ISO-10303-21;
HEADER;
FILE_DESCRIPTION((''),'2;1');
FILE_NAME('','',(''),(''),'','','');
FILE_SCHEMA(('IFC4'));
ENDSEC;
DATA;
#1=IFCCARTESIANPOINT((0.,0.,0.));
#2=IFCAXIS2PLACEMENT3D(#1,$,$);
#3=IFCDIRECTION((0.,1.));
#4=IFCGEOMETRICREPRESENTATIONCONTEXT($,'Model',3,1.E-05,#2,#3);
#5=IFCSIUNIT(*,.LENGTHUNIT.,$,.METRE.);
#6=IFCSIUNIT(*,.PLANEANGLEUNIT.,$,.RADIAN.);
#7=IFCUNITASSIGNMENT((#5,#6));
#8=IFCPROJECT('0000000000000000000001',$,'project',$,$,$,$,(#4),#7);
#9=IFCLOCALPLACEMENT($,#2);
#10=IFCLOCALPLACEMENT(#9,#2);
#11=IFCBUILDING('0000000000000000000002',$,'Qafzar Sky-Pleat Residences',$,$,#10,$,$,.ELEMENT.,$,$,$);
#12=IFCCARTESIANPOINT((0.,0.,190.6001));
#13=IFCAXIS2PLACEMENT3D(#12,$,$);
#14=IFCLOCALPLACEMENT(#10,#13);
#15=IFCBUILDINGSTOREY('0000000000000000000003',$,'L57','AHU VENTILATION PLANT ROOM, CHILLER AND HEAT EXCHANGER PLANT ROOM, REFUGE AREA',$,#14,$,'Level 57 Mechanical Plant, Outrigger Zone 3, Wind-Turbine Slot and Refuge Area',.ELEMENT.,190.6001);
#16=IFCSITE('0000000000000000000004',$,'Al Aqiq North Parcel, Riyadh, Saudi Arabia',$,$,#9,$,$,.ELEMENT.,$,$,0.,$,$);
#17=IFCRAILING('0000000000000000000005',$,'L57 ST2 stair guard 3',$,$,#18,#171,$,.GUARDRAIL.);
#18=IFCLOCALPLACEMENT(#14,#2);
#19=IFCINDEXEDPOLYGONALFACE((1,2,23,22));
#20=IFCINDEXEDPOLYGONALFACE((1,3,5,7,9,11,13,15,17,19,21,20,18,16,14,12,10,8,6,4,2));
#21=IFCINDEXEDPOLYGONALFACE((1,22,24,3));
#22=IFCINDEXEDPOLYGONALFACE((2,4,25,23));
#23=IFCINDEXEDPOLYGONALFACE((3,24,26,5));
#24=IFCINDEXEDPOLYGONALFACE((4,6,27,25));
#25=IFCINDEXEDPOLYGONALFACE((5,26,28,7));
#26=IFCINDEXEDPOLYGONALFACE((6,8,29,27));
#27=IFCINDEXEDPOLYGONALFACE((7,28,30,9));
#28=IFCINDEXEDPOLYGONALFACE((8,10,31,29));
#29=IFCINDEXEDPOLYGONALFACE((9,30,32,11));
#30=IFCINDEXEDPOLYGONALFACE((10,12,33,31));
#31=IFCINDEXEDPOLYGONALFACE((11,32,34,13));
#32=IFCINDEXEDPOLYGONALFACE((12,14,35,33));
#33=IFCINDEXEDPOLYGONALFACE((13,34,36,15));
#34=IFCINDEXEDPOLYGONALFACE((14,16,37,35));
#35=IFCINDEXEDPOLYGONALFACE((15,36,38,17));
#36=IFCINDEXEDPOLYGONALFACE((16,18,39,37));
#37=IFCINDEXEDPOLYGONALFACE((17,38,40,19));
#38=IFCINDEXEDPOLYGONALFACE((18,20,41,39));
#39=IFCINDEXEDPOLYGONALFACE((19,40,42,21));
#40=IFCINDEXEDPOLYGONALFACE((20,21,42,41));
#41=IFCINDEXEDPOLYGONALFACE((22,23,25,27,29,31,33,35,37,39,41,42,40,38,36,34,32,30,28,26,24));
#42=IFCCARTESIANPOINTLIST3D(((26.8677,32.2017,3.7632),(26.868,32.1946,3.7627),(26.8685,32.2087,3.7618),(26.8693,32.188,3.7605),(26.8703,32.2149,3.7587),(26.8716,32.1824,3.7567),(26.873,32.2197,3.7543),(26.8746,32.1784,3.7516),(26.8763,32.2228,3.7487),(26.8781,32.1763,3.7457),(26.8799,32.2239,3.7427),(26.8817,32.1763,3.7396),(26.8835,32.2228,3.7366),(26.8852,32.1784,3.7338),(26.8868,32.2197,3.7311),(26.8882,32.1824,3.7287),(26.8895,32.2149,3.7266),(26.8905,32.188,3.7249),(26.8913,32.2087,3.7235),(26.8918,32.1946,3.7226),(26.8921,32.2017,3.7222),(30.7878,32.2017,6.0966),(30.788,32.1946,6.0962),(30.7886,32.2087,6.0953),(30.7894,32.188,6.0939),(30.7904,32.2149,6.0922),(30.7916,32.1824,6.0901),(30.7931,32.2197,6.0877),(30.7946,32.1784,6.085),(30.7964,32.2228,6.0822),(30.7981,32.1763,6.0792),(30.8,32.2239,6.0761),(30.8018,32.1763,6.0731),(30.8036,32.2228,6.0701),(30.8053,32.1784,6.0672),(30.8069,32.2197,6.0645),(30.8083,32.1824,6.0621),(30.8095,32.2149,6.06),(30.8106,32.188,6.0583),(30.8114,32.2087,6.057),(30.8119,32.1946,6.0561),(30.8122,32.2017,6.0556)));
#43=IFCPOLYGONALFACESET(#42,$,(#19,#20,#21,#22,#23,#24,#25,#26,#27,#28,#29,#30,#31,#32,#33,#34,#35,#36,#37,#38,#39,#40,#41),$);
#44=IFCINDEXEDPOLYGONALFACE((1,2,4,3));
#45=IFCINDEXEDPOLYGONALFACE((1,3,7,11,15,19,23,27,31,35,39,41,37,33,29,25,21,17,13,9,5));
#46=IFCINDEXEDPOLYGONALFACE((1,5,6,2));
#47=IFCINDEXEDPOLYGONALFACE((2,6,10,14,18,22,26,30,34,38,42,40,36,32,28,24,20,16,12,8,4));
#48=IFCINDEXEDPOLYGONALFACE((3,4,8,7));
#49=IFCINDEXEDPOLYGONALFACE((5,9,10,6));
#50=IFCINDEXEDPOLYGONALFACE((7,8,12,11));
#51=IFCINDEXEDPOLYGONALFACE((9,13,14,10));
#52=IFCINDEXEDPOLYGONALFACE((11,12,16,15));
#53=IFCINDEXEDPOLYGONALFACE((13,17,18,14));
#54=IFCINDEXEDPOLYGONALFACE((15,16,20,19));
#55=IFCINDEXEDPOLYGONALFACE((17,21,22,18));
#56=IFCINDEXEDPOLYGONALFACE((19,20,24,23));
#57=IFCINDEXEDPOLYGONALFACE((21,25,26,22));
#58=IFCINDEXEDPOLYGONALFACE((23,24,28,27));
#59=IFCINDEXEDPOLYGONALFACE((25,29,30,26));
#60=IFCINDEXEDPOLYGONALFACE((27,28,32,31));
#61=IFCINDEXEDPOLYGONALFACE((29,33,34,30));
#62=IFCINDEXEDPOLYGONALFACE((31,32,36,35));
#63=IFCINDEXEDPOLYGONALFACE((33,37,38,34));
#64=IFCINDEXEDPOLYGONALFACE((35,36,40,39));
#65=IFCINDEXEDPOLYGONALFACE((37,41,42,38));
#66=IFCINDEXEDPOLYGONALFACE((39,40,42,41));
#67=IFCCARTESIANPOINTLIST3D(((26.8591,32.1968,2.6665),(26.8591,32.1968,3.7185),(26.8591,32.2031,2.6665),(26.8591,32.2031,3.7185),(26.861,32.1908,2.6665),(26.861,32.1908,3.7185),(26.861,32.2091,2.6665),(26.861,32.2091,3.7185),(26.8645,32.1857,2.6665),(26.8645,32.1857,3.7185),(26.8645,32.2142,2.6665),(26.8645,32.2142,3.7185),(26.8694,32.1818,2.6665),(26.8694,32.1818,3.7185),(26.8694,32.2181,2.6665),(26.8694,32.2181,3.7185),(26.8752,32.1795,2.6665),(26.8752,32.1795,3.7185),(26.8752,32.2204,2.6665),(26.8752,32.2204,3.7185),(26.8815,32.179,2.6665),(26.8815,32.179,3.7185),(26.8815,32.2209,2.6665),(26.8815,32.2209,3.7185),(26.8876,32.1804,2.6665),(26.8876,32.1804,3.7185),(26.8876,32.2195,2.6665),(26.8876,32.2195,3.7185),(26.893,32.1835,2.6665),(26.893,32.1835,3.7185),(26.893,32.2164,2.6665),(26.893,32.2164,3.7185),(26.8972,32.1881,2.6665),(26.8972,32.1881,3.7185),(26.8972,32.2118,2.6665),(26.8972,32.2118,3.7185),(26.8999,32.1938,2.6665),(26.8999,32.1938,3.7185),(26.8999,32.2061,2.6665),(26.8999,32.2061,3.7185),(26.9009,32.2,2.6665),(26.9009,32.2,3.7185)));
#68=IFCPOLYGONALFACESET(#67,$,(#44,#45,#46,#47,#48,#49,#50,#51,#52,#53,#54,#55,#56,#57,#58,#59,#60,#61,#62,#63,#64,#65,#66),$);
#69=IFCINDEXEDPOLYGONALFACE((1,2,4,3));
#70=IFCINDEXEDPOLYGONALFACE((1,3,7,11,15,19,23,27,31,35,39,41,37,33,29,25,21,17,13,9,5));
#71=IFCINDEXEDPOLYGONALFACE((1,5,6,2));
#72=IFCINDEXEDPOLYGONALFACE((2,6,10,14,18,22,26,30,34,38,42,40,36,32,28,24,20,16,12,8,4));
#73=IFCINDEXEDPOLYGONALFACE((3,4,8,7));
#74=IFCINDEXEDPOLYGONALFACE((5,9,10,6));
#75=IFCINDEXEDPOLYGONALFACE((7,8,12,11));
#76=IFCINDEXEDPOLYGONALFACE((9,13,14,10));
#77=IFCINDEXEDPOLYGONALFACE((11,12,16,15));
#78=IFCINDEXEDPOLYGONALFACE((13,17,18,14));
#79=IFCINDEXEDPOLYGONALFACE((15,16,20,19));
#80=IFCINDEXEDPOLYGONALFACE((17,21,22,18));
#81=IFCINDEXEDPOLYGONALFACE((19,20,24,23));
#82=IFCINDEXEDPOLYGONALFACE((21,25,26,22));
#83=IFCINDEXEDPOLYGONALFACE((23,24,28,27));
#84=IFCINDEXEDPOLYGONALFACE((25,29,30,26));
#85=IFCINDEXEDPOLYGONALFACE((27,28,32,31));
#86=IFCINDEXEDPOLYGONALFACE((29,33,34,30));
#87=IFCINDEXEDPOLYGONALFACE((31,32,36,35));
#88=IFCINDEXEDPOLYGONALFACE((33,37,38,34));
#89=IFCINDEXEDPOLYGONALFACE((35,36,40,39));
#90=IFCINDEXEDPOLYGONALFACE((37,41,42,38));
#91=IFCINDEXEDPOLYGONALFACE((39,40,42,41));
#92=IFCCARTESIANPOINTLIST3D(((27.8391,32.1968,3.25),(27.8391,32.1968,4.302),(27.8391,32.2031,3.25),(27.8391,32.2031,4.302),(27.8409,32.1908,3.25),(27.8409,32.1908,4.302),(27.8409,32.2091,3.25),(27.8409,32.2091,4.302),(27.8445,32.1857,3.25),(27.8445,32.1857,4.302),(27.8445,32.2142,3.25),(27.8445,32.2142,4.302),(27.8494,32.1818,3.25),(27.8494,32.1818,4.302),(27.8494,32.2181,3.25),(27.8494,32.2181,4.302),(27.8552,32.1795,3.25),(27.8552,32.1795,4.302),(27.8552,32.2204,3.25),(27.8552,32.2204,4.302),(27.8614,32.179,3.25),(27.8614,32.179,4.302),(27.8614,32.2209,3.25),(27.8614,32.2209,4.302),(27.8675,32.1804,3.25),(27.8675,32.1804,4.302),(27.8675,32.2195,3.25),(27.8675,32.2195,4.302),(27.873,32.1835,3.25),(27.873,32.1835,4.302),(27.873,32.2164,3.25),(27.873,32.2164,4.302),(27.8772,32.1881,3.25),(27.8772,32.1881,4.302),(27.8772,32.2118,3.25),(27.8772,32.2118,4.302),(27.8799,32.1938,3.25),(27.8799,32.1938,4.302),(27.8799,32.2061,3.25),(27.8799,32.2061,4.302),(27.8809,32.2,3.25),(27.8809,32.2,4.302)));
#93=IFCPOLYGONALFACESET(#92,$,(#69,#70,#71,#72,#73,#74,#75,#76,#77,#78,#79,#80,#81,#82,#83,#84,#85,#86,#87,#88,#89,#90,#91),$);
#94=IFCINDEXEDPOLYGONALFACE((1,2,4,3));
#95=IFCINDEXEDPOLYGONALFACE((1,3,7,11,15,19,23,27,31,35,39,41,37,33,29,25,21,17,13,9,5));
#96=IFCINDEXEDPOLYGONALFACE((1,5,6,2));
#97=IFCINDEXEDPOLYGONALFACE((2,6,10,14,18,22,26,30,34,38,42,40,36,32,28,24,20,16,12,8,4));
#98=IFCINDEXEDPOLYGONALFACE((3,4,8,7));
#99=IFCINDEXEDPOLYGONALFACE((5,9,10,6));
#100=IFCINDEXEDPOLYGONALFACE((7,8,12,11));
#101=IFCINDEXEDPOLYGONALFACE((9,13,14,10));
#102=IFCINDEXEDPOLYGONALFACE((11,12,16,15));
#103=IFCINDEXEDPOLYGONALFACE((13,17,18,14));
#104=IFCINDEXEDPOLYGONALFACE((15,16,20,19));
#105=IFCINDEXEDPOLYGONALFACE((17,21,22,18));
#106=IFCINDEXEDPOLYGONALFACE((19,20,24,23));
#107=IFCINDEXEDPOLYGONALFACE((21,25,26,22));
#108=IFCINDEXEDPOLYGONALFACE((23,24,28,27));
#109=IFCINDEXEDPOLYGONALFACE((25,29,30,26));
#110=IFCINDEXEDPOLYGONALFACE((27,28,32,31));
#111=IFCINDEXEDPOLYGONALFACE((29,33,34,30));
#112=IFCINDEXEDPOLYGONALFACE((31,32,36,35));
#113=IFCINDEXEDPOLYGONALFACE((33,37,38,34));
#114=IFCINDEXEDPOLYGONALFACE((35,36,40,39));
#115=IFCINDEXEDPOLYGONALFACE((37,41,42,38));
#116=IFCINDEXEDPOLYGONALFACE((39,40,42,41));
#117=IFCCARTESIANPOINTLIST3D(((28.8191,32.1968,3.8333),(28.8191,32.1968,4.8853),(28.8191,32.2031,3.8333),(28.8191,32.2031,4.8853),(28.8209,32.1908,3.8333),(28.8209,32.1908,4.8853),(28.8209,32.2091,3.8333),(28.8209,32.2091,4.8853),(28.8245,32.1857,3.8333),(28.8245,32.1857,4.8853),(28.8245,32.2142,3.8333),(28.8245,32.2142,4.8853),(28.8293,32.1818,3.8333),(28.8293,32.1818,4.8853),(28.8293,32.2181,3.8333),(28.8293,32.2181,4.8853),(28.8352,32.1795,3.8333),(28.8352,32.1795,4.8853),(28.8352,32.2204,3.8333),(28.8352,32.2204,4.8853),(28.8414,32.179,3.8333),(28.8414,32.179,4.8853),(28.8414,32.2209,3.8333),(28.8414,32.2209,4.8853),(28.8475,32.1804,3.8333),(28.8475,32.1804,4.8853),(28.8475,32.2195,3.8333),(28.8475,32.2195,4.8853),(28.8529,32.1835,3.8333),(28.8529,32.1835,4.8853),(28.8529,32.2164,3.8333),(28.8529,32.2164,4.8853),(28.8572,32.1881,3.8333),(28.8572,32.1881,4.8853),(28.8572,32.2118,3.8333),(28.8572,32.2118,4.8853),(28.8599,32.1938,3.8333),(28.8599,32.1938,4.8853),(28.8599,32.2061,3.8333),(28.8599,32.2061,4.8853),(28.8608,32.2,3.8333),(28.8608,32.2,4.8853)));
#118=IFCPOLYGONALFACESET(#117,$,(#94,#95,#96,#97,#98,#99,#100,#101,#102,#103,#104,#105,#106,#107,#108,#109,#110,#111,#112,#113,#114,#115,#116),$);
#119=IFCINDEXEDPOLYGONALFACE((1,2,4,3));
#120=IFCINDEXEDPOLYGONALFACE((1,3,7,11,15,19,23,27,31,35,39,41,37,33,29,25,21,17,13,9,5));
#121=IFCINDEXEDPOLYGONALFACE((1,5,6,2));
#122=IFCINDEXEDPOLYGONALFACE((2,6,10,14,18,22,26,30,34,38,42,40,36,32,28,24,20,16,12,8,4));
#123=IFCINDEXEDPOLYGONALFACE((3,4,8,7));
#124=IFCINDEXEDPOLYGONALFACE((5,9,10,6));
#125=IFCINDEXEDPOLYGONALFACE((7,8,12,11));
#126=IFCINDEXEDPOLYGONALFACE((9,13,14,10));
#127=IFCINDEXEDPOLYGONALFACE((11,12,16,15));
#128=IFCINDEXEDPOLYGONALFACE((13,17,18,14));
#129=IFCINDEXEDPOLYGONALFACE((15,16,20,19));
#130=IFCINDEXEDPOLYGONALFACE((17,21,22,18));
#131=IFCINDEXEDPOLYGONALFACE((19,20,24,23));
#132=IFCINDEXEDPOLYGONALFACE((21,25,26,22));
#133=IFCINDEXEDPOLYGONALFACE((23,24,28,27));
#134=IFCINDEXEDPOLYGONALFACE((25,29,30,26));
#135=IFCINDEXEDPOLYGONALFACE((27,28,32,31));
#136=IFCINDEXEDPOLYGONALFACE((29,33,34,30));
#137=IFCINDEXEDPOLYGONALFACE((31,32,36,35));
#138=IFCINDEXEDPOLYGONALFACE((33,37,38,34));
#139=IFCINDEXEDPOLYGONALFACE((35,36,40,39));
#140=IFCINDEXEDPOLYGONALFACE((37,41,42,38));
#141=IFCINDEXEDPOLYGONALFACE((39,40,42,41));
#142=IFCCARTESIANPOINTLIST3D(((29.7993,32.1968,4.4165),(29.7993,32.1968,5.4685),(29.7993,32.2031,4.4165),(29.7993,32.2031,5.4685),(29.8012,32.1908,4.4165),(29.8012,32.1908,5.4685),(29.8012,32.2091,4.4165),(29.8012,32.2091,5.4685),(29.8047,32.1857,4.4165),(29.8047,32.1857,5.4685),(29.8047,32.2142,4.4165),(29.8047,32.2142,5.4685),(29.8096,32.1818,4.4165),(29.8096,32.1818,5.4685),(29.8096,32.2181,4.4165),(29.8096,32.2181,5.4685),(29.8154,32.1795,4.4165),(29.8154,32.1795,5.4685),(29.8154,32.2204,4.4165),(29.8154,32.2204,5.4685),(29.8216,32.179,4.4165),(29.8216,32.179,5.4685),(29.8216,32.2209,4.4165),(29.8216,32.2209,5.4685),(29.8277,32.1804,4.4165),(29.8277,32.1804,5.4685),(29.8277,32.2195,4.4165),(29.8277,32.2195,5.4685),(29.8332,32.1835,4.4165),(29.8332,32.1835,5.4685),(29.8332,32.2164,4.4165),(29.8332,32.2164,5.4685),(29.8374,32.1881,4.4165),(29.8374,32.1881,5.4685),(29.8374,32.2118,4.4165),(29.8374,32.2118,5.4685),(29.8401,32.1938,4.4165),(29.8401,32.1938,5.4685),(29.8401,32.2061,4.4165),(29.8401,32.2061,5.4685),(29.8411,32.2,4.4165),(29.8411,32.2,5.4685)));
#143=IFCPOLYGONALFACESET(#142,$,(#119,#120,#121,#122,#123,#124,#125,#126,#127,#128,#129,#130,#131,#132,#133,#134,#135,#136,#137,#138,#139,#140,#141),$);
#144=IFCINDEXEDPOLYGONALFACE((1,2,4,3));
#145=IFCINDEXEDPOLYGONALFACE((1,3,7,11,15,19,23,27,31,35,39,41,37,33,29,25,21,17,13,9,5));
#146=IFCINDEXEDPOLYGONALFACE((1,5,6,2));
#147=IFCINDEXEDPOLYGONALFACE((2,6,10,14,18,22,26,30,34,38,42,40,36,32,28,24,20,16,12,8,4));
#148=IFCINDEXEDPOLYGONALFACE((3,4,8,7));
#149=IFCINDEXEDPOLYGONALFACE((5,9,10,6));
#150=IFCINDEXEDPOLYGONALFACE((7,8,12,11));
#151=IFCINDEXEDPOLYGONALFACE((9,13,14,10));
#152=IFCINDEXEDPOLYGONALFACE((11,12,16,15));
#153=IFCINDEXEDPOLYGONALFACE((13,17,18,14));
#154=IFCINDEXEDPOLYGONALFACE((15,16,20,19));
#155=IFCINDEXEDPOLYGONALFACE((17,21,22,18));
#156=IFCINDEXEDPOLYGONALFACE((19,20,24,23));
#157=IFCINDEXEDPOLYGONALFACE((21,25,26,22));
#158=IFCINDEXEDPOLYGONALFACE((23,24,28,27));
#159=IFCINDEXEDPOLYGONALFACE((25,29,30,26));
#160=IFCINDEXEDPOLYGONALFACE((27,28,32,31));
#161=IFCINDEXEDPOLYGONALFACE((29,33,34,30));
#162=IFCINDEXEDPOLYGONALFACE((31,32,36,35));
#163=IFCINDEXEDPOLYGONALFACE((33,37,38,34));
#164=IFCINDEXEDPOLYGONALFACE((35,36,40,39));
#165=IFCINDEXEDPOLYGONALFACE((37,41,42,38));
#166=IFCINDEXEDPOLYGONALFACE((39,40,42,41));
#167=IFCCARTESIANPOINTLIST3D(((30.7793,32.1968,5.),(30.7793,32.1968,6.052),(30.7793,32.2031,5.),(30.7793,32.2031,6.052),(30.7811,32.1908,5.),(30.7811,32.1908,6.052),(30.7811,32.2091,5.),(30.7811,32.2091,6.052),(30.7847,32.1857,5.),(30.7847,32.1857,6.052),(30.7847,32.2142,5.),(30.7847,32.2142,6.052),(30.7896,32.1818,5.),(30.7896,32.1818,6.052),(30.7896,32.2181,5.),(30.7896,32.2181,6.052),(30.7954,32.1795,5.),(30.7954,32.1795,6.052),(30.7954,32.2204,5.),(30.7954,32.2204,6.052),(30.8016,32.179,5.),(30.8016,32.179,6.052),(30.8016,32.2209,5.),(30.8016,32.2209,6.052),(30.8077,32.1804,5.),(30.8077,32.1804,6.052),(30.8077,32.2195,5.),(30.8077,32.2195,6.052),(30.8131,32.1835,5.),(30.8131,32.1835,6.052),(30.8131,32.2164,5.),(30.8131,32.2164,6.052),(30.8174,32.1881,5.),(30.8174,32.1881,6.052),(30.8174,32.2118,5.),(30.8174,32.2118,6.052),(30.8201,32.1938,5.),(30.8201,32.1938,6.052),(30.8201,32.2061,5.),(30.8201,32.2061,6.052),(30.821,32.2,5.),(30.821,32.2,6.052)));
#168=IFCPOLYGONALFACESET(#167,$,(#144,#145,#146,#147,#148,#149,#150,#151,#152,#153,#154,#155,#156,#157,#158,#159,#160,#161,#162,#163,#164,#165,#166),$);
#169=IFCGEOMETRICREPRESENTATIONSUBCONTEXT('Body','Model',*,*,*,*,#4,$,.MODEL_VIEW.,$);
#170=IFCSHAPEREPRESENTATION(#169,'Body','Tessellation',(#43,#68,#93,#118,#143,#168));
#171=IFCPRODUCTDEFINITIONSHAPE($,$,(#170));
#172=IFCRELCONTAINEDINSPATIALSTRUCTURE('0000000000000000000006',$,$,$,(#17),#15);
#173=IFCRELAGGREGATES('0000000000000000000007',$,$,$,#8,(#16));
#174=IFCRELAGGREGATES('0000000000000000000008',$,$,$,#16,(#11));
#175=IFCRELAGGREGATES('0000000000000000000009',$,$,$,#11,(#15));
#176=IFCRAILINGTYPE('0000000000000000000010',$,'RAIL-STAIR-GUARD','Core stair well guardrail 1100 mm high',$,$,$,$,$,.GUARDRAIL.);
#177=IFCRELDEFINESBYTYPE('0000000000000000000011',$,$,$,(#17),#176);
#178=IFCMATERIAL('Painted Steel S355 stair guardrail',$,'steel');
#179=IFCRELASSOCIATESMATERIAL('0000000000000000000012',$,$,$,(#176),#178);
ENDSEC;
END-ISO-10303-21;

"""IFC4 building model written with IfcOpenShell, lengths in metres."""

from ifc_helpers import new_model, si_unit, direction, frame, origin, origin_2d, place, context, subcontext, project, spatial, circle, extrude, source, transform, mapped, material, type_object, element, save


model = new_model("IFC4")

# Units and contexts
model_context = context("Model", 3, precision=1e-05, world=origin(), true_north=direction((0.0, 1.0)))
body_context = subcontext(model_context, "Body", "Model", "MODEL_VIEW")
ifc_project = project(units=[si_unit("LENGTHUNIT", "METRE"), si_unit("PLANEANGLEUNIT", "RADIAN")], contexts=[model_context])

# Site, building, storey
site_placement = place(None, origin())
site = spatial("IfcSite", under=ifc_project, at=site_placement, Name="Al Aqiq North Parcel, Riyadh, Saudi Arabia", CompositionType="ELEMENT", RefElevation=0.0)
building_placement = place(site_placement, origin())
building = spatial("IfcBuilding", under=site, at=building_placement, Name="Qafzar Sky-Pleat Residences", CompositionType="ELEMENT")
storey_placement = place(building_placement, frame((0.0, 0.0, 190.6001)))
storey = spatial("IfcBuildingStorey", under=building, at=storey_placement, Name="L57", Description="AHU VENTILATION PLANT ROOM, CHILLER AND HEAT EXCHANGER PLANT ROOM, REFUGE AREA", LongName="Level 57 Mechanical Plant, Outrigger Zone 3, Wind-Turbine Slot and Refuge Area", CompositionType="ELEMENT", Elevation=190.6001)

# Railing
ifc_material_1 = material(Name="Painted Steel S355 stair guardrail", Category="steel")
railing_type_1 = type_object("IfcRailingType", Name="RAIL-STAIR-GUARD", Description="Core stair well guardrail 1100 mm high", PredefinedType="GUARDRAIL", material=ifc_material_1)
shared_shape_1 = source(origin(), body_context, "Body", "SweptSolid", [
    extrude(circle(Radius=0.0239, at=origin_2d()), frame((0.0, 0.0, 1.0762), z_axis=(0.859287, 0.0, 0.511494), x_axis=(0.0, 1.0, 0.0)), (0.0, 0.0, 1.0), 4.562),
    extrude(circle(Radius=0.021, at=origin_2d()), origin(), (0.0, 0.0, 1.0), 1.052),
    extrude(circle(Radius=0.021, at=origin_2d()), frame((0.98, 0.0, 0.5835)), (0.0, 0.0, 1.0), 1.052),
    extrude(circle(Radius=0.021, at=origin_2d()), frame((1.96, 0.0, 1.1667)), (0.0, 0.0, 1.0), 1.052),
    extrude(circle(Radius=0.021, at=origin_2d()), frame((2.9402, 0.0, 1.75)), (0.0, 0.0, 1.0), 1.052),
    extrude(circle(Radius=0.021, at=origin_2d()), frame((3.9202, 0.0, 2.3335)), (0.0, 0.0, 1.0), 1.052),
])
railing_1_placement = place(storey_placement, frame((26.8799, 32.2, 2.6665)))
element("IfcRailing", 1, at=railing_1_placement, inside=storey, type_object=railing_type_1, Name="L57 ST2 stair guard 3", PredefinedType="GUARDRAIL", context=body_context, shape_type="MappedRepresentation", body=[
    mapped(shared_shape_1, transform((0.0, 0.0, 0.0), x_axis=(1.0, 0.0, 0.0), y_axis=(0.0, 1.0, 0.0), z_axis=(0.0, 0.0, 1.0), scale=1.0)),
])

save(model, "model.ifc")
